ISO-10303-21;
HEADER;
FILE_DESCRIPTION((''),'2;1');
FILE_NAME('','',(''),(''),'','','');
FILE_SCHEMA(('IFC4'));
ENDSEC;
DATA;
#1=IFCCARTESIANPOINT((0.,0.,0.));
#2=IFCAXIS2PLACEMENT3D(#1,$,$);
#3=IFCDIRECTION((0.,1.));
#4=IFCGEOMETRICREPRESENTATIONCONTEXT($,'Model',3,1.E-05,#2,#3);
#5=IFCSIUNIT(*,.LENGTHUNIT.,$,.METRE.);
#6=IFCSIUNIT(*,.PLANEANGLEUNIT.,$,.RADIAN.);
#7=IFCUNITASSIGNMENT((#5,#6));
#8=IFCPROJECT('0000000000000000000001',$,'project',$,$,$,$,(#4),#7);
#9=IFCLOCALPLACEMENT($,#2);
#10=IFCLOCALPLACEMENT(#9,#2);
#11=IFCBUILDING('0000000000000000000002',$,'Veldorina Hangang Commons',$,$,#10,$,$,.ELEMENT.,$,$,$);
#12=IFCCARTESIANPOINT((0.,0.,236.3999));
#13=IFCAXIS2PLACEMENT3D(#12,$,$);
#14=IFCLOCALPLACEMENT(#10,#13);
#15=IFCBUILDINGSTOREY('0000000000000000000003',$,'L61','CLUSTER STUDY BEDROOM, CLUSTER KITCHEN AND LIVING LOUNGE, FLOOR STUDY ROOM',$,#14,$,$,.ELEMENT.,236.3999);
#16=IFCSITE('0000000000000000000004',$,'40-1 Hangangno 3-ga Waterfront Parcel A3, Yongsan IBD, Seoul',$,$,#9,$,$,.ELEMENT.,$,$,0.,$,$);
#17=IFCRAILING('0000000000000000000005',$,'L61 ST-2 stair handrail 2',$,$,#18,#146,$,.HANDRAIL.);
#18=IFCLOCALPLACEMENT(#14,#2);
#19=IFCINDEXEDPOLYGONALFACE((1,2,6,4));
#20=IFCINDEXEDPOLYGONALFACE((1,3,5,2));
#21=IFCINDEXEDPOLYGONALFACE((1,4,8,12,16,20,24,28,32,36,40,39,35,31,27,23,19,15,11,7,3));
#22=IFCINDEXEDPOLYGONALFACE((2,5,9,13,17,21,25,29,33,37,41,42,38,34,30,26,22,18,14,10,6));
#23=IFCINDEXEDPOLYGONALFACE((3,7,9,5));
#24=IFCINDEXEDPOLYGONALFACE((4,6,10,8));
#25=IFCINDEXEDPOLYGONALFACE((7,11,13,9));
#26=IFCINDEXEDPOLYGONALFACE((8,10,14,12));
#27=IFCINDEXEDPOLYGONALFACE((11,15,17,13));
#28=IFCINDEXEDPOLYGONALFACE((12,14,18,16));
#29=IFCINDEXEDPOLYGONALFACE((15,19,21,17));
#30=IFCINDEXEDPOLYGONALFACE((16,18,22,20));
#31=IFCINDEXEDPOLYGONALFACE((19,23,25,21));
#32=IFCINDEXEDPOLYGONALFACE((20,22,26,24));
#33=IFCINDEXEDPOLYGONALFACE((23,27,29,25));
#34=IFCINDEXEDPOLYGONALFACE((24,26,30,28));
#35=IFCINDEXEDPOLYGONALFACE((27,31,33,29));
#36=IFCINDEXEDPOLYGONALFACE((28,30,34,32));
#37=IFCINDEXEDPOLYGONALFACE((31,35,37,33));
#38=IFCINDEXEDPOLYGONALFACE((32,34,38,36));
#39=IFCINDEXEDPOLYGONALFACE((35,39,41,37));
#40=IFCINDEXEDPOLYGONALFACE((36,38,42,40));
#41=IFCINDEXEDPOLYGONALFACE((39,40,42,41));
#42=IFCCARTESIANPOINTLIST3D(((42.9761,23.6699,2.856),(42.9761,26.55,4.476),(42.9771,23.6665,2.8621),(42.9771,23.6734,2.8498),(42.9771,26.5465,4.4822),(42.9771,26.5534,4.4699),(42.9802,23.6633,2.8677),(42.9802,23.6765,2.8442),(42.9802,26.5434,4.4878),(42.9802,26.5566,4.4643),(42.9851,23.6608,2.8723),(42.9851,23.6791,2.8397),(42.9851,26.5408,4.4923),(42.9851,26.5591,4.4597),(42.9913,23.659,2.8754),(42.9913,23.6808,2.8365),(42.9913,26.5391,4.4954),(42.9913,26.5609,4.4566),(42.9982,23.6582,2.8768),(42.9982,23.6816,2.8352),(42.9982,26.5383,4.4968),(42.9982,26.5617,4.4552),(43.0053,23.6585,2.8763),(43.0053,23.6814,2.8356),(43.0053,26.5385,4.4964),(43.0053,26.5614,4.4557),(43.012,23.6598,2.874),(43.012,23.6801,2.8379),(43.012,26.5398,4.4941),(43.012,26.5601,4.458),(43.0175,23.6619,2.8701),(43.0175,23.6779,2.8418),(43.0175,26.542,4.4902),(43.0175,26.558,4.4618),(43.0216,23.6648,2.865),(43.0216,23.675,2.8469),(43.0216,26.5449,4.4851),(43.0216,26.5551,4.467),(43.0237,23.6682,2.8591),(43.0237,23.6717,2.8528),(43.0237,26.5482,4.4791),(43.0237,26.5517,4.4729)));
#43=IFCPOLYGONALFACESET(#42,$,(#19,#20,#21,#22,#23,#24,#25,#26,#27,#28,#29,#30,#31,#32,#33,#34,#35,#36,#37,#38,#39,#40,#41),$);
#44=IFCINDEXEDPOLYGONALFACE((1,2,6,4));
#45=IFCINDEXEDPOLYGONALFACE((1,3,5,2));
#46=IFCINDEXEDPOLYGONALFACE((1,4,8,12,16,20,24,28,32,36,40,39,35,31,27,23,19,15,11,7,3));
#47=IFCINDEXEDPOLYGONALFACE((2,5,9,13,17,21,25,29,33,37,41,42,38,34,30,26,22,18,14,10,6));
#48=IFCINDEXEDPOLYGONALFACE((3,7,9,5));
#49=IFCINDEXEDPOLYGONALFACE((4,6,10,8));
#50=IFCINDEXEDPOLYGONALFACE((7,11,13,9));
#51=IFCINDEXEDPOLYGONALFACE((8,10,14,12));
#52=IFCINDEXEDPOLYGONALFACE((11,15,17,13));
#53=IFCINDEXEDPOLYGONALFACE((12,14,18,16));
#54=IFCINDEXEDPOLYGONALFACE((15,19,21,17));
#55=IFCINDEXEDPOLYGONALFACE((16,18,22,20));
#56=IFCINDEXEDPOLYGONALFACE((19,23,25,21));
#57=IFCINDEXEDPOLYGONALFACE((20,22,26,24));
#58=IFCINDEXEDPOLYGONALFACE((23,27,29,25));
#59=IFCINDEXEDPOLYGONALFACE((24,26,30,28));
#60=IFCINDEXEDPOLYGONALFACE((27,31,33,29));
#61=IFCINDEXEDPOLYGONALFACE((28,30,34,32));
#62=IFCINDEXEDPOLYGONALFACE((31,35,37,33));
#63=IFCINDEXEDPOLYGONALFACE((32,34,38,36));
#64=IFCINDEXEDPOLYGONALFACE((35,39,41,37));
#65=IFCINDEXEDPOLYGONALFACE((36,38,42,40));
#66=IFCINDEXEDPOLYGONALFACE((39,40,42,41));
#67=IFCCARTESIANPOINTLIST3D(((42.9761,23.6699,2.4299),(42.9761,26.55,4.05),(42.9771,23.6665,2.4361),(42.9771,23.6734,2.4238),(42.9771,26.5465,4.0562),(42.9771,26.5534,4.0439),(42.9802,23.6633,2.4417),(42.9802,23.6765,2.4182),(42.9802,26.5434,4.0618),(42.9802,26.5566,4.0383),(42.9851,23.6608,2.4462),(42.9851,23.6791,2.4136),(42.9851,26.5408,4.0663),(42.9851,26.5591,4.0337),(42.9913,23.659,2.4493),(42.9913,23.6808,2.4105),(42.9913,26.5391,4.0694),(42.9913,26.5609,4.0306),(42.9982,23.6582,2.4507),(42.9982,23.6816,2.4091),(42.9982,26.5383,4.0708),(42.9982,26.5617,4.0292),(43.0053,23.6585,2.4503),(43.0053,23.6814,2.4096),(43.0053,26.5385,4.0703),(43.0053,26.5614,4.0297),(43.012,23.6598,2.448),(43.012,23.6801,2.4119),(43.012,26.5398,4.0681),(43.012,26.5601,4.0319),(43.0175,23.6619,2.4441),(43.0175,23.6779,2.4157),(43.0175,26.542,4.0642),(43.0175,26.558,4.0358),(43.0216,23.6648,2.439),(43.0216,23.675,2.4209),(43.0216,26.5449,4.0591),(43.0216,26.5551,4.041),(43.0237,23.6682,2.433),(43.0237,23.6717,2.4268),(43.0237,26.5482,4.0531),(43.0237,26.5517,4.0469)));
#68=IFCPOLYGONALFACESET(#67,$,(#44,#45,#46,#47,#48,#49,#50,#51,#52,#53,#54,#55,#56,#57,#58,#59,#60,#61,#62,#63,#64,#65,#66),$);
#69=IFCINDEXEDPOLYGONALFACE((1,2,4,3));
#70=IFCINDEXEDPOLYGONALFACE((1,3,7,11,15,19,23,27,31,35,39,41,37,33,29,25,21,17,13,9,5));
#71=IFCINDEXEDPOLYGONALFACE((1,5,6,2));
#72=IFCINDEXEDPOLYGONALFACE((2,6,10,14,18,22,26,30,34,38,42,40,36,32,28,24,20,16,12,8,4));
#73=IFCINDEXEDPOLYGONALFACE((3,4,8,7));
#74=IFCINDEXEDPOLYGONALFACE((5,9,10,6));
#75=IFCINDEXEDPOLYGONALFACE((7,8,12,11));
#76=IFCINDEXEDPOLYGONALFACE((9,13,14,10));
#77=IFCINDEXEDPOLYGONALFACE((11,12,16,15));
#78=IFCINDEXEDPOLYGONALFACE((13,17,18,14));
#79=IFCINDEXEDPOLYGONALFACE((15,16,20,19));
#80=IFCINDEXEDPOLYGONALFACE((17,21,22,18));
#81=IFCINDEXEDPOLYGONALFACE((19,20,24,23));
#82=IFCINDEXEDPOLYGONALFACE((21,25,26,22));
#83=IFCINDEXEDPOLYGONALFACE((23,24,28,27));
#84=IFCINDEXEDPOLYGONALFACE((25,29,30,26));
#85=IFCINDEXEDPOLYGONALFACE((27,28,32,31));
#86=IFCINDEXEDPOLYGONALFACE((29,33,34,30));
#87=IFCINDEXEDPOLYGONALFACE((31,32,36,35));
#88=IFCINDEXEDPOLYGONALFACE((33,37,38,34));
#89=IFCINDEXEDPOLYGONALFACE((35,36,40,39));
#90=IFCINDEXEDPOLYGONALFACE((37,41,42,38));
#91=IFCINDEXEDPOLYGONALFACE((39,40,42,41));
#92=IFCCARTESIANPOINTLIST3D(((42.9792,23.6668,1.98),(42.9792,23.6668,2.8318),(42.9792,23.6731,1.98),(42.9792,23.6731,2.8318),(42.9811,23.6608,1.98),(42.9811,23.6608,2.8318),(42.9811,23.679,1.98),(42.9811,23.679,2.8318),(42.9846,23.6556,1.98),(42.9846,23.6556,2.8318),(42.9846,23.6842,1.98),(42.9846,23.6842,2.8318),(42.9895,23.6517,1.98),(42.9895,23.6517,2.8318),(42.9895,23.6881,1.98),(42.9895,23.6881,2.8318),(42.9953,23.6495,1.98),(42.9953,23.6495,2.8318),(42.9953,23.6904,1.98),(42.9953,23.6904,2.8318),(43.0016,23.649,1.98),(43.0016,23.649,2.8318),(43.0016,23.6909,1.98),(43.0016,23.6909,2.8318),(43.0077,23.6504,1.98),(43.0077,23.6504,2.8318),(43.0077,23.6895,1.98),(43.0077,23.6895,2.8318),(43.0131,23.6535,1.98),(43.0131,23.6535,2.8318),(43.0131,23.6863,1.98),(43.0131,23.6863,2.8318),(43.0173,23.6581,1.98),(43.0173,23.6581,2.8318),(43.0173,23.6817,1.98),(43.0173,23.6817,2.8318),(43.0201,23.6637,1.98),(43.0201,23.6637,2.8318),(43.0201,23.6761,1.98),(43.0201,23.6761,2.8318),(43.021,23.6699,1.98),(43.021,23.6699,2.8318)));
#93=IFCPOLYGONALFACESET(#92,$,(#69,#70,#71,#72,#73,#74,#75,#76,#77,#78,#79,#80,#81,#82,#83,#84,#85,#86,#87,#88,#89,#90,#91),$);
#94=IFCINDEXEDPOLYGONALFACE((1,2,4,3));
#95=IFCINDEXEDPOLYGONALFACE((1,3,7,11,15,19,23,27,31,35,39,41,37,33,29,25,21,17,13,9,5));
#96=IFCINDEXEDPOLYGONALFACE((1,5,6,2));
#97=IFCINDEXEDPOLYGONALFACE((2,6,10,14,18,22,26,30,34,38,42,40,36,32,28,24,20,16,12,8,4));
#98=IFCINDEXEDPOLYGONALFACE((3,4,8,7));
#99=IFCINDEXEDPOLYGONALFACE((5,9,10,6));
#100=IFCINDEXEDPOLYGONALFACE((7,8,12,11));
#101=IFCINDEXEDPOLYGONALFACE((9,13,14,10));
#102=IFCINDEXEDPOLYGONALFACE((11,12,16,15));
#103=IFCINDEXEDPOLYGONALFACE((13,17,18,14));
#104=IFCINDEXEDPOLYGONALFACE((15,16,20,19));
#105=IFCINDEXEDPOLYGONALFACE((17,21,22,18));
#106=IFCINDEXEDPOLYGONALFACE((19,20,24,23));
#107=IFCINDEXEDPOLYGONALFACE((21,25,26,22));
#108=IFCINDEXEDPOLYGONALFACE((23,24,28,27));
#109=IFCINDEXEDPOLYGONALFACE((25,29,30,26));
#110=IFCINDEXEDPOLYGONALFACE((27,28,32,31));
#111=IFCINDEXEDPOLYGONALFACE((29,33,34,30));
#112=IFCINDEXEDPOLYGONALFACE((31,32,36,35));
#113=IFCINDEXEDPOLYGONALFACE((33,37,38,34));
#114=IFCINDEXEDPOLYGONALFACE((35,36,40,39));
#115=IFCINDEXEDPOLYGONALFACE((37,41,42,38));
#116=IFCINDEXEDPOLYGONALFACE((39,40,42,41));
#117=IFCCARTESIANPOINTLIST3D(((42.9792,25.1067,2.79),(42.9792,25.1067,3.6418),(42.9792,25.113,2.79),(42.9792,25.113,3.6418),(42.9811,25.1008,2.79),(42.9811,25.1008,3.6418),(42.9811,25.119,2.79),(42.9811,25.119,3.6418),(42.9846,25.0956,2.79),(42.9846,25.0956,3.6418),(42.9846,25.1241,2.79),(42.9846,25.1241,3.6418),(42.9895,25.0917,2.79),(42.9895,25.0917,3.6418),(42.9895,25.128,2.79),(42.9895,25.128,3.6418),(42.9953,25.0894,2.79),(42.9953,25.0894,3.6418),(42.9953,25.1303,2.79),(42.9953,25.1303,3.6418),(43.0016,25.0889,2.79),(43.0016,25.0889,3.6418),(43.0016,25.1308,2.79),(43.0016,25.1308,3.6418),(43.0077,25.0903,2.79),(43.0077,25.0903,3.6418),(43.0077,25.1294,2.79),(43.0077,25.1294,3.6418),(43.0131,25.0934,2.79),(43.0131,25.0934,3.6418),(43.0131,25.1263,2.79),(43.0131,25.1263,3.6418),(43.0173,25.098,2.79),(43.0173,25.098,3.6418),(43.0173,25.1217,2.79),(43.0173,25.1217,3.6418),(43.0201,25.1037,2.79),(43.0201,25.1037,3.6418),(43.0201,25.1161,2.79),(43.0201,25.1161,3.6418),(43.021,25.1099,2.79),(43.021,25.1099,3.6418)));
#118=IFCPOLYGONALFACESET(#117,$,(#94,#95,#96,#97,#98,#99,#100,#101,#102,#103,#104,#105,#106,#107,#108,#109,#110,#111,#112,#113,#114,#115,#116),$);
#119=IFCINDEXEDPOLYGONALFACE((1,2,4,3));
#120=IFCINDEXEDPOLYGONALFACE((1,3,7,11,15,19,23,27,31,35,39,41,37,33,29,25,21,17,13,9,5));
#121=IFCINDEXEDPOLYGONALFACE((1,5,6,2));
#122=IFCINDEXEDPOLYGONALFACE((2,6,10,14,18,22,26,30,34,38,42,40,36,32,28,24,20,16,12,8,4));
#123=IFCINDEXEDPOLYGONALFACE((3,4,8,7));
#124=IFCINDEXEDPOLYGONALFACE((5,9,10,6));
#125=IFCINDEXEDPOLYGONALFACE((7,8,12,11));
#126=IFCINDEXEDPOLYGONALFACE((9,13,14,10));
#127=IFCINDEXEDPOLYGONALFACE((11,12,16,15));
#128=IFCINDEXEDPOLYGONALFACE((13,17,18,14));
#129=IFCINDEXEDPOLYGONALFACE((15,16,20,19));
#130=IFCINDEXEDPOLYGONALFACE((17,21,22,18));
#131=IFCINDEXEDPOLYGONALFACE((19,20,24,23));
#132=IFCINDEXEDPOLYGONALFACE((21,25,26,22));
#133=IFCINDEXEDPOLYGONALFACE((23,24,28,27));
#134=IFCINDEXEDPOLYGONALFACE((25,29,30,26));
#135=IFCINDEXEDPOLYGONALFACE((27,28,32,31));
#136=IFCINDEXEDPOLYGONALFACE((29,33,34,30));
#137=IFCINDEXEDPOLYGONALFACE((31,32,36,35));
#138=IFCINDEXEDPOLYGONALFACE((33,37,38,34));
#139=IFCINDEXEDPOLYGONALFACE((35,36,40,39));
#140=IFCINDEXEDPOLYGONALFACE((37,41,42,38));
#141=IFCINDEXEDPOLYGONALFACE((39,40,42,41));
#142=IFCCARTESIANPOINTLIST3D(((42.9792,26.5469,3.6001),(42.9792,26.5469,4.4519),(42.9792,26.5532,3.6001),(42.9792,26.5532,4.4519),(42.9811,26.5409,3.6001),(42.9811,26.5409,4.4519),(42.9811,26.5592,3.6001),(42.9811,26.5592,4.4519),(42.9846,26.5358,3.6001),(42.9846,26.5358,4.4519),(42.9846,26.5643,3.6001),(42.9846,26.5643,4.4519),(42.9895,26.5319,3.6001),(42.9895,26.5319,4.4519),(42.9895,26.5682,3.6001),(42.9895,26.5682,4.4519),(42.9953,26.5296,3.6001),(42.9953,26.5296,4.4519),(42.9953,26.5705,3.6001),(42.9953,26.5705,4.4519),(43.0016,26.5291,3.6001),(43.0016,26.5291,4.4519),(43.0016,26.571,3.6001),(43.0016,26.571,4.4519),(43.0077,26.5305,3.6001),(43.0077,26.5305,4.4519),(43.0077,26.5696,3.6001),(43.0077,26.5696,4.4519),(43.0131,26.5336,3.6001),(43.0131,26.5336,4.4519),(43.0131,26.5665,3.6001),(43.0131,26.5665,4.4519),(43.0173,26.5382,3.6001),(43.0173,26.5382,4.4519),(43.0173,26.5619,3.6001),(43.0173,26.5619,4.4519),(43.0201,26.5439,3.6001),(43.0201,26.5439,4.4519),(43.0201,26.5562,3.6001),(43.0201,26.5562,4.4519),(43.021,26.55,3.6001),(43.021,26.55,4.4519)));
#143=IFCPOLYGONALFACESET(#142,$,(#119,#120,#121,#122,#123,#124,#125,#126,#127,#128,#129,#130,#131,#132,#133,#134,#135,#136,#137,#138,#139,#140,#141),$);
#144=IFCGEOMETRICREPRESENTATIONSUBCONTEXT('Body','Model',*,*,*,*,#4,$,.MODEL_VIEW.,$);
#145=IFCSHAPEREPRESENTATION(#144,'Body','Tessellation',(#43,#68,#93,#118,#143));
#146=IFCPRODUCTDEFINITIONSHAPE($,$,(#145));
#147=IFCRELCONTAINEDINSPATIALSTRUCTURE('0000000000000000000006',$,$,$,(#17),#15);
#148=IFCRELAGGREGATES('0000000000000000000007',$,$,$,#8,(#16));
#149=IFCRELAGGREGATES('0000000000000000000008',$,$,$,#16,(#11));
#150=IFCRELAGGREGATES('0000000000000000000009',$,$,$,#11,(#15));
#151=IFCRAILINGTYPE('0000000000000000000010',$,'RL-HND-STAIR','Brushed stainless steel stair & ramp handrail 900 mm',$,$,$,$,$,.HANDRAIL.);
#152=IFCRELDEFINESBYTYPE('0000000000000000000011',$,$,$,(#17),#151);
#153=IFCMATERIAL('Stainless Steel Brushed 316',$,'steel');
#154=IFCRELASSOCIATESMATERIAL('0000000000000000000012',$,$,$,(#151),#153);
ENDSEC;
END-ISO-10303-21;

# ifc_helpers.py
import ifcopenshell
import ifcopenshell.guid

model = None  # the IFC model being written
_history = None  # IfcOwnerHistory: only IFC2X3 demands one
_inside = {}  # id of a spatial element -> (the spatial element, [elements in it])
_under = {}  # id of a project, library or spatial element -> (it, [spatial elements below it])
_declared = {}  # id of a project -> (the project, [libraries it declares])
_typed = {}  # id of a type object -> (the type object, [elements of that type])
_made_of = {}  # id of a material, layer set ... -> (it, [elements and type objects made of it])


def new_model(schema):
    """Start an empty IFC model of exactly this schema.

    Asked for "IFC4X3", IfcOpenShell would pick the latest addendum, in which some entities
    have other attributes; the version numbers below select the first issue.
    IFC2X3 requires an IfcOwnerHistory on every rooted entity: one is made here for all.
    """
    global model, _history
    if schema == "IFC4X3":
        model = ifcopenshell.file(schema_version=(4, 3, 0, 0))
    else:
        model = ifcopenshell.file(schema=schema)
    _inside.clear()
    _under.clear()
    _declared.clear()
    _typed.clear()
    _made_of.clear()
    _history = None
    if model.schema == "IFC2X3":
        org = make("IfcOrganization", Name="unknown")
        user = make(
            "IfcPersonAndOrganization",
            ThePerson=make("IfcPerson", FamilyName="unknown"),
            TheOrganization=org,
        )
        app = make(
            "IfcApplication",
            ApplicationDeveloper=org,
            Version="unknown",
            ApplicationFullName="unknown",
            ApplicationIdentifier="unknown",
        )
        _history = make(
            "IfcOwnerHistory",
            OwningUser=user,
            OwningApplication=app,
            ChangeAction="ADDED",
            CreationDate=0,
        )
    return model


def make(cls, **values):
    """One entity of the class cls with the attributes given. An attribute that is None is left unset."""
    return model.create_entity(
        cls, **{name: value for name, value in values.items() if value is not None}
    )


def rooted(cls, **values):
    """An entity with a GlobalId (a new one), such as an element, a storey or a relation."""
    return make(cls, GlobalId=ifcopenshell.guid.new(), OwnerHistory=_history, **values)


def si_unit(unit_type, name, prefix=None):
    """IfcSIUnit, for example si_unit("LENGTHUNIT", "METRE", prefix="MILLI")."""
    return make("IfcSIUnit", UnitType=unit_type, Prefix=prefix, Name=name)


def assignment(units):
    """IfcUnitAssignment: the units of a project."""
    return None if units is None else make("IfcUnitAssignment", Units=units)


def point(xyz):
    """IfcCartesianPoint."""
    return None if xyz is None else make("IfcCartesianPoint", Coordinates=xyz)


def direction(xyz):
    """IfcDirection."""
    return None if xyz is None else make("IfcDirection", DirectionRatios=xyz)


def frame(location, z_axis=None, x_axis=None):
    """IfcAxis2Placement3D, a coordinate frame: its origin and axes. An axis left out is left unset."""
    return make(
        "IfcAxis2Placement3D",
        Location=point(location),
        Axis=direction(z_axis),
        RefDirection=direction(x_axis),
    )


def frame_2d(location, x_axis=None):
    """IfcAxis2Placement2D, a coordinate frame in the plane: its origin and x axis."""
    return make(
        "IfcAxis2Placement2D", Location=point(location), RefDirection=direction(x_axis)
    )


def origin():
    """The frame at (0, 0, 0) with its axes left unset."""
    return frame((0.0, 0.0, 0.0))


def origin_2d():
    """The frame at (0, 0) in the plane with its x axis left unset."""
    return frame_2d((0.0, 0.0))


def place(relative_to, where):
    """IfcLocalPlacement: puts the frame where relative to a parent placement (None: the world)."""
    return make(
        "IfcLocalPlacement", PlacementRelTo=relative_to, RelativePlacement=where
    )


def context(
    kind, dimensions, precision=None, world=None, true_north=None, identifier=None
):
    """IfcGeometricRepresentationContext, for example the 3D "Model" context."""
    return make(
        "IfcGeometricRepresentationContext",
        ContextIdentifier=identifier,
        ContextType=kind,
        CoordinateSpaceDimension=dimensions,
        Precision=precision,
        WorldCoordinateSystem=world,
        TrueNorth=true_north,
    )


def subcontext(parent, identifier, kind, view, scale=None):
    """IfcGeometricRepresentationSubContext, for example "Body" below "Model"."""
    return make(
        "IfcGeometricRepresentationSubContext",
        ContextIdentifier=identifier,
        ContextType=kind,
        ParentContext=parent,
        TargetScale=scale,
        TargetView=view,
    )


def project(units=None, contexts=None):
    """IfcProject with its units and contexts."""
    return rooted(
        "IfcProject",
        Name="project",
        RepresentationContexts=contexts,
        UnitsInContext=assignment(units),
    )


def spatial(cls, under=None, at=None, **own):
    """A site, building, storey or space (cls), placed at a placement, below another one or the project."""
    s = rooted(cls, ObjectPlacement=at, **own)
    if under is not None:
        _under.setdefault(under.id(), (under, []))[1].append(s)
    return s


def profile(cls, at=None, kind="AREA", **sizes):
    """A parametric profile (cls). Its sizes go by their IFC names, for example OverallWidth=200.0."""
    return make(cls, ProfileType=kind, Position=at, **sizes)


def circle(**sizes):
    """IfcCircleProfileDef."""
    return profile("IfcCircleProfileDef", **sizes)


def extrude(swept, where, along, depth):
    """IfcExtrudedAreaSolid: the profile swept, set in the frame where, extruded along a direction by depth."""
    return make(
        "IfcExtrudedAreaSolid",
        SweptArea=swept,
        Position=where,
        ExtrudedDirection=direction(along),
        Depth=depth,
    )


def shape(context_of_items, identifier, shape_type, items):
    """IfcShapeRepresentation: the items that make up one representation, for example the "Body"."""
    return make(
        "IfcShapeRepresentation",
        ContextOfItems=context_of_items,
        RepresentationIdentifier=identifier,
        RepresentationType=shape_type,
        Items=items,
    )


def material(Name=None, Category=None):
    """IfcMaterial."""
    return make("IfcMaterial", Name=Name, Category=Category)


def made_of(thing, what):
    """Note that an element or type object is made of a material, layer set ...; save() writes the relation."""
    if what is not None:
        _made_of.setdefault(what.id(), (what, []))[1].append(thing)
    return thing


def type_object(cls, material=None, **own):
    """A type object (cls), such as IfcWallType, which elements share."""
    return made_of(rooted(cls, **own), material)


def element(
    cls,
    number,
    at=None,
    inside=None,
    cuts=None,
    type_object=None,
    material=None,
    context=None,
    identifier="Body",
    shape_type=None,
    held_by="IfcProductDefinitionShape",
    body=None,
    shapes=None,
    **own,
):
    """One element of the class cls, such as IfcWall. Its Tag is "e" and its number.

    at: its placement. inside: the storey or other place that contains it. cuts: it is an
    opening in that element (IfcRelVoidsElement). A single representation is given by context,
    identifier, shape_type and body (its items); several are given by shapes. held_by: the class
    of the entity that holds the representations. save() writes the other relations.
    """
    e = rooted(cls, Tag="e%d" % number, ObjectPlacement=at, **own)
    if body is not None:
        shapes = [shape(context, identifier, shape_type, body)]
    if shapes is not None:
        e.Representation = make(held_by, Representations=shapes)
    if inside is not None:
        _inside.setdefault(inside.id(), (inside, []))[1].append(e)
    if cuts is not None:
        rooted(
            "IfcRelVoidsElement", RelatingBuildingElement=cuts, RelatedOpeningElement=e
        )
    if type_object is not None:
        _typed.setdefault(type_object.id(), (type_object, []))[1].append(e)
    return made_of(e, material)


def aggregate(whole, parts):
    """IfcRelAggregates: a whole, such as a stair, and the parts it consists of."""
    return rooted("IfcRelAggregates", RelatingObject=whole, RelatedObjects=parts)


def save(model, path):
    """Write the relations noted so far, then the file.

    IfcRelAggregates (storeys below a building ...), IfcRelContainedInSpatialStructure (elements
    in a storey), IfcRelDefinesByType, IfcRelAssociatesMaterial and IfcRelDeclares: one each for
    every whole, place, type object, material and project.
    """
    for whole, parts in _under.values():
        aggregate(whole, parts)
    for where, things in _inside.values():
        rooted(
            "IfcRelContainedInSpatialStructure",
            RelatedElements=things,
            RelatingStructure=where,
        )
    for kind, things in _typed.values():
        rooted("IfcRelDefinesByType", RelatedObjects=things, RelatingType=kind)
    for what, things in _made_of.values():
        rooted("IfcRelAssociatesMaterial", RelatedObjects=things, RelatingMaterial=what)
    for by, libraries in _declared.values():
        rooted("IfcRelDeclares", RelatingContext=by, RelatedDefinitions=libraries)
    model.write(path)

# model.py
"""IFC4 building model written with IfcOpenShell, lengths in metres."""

from ifc_helpers import new_model, si_unit, direction, frame, origin, origin_2d, place, context, subcontext, project, spatial, circle, extrude, material, type_object, element, save


model = new_model("IFC4")

# Units and contexts
model_context = context("Model", 3, precision=1e-05, world=origin(), true_north=direction((0.0, 1.0)))
body_context = subcontext(model_context, "Body", "Model", "MODEL_VIEW")
ifc_project = project(units=[si_unit("LENGTHUNIT", "METRE"), si_unit("PLANEANGLEUNIT", "RADIAN")], contexts=[model_context])

# Site, building, storey
site_placement = place(None, origin())
site = spatial("IfcSite", under=ifc_project, at=site_placement, Name="40-1 Hangangno 3-ga Waterfront Parcel A3, Yongsan IBD, Seoul", CompositionType="ELEMENT", RefElevation=0.0)
building_placement = place(site_placement, origin())
building = spatial("IfcBuilding", under=site, at=building_placement, Name="Veldorina Hangang Commons", CompositionType="ELEMENT")
storey_placement = place(building_placement, frame((0.0, 0.0, 236.3999)))
storey = spatial("IfcBuildingStorey", under=building, at=storey_placement, Name="L61", Description="CLUSTER STUDY BEDROOM, CLUSTER KITCHEN AND LIVING LOUNGE, FLOOR STUDY ROOM", CompositionType="ELEMENT", Elevation=236.3999)

# Railing
ifc_material_1 = material(Name="Stainless Steel Brushed 316", Category="steel")
railing_type_1 = type_object("IfcRailingType", Name="RL-HND-STAIR", Description="Brushed stainless steel stair & ramp handrail 900 mm", PredefinedType="HANDRAIL", material=ifc_material_1)
railing_1_placement = place(storey_placement, frame((43.0, 23.6699, 1.98)))
element("IfcRailing", 1, at=railing_1_placement, inside=storey, type_object=railing_type_1, Name="L61 ST-2 stair handrail 2", PredefinedType="HANDRAIL", context=body_context, shape_type="SweptSolid", body=[
    extrude(circle(Radius=0.0239, at=origin_2d()), frame((0.0, 0.0, 0.876), z_axis=(0.0, 0.87157, 0.490272), x_axis=(-1.0, 0.0, 0.0)), (0.0, 0.0, 1.0), 3.3044),
    extrude(circle(Radius=0.0239, at=origin_2d()), frame((0.0, 0.0, 0.45), z_axis=(0.0, 0.87157, 0.490272), x_axis=(-1.0, 0.0, 0.0)), (0.0, 0.0, 1.0), 3.3044),
    extrude(circle(Radius=0.021, at=origin_2d()), origin(), (0.0, 0.0, 1.0), 0.8518),
    extrude(circle(Radius=0.021, at=origin_2d()), frame((0.0, 1.4399, 0.8101)), (0.0, 0.0, 1.0), 0.8518),
    extrude(circle(Radius=0.021, at=origin_2d()), frame((0.0, 2.8801, 1.6201)), (0.0, 0.0, 1.0), 0.8518),
])

save(model, "model.ifc")
